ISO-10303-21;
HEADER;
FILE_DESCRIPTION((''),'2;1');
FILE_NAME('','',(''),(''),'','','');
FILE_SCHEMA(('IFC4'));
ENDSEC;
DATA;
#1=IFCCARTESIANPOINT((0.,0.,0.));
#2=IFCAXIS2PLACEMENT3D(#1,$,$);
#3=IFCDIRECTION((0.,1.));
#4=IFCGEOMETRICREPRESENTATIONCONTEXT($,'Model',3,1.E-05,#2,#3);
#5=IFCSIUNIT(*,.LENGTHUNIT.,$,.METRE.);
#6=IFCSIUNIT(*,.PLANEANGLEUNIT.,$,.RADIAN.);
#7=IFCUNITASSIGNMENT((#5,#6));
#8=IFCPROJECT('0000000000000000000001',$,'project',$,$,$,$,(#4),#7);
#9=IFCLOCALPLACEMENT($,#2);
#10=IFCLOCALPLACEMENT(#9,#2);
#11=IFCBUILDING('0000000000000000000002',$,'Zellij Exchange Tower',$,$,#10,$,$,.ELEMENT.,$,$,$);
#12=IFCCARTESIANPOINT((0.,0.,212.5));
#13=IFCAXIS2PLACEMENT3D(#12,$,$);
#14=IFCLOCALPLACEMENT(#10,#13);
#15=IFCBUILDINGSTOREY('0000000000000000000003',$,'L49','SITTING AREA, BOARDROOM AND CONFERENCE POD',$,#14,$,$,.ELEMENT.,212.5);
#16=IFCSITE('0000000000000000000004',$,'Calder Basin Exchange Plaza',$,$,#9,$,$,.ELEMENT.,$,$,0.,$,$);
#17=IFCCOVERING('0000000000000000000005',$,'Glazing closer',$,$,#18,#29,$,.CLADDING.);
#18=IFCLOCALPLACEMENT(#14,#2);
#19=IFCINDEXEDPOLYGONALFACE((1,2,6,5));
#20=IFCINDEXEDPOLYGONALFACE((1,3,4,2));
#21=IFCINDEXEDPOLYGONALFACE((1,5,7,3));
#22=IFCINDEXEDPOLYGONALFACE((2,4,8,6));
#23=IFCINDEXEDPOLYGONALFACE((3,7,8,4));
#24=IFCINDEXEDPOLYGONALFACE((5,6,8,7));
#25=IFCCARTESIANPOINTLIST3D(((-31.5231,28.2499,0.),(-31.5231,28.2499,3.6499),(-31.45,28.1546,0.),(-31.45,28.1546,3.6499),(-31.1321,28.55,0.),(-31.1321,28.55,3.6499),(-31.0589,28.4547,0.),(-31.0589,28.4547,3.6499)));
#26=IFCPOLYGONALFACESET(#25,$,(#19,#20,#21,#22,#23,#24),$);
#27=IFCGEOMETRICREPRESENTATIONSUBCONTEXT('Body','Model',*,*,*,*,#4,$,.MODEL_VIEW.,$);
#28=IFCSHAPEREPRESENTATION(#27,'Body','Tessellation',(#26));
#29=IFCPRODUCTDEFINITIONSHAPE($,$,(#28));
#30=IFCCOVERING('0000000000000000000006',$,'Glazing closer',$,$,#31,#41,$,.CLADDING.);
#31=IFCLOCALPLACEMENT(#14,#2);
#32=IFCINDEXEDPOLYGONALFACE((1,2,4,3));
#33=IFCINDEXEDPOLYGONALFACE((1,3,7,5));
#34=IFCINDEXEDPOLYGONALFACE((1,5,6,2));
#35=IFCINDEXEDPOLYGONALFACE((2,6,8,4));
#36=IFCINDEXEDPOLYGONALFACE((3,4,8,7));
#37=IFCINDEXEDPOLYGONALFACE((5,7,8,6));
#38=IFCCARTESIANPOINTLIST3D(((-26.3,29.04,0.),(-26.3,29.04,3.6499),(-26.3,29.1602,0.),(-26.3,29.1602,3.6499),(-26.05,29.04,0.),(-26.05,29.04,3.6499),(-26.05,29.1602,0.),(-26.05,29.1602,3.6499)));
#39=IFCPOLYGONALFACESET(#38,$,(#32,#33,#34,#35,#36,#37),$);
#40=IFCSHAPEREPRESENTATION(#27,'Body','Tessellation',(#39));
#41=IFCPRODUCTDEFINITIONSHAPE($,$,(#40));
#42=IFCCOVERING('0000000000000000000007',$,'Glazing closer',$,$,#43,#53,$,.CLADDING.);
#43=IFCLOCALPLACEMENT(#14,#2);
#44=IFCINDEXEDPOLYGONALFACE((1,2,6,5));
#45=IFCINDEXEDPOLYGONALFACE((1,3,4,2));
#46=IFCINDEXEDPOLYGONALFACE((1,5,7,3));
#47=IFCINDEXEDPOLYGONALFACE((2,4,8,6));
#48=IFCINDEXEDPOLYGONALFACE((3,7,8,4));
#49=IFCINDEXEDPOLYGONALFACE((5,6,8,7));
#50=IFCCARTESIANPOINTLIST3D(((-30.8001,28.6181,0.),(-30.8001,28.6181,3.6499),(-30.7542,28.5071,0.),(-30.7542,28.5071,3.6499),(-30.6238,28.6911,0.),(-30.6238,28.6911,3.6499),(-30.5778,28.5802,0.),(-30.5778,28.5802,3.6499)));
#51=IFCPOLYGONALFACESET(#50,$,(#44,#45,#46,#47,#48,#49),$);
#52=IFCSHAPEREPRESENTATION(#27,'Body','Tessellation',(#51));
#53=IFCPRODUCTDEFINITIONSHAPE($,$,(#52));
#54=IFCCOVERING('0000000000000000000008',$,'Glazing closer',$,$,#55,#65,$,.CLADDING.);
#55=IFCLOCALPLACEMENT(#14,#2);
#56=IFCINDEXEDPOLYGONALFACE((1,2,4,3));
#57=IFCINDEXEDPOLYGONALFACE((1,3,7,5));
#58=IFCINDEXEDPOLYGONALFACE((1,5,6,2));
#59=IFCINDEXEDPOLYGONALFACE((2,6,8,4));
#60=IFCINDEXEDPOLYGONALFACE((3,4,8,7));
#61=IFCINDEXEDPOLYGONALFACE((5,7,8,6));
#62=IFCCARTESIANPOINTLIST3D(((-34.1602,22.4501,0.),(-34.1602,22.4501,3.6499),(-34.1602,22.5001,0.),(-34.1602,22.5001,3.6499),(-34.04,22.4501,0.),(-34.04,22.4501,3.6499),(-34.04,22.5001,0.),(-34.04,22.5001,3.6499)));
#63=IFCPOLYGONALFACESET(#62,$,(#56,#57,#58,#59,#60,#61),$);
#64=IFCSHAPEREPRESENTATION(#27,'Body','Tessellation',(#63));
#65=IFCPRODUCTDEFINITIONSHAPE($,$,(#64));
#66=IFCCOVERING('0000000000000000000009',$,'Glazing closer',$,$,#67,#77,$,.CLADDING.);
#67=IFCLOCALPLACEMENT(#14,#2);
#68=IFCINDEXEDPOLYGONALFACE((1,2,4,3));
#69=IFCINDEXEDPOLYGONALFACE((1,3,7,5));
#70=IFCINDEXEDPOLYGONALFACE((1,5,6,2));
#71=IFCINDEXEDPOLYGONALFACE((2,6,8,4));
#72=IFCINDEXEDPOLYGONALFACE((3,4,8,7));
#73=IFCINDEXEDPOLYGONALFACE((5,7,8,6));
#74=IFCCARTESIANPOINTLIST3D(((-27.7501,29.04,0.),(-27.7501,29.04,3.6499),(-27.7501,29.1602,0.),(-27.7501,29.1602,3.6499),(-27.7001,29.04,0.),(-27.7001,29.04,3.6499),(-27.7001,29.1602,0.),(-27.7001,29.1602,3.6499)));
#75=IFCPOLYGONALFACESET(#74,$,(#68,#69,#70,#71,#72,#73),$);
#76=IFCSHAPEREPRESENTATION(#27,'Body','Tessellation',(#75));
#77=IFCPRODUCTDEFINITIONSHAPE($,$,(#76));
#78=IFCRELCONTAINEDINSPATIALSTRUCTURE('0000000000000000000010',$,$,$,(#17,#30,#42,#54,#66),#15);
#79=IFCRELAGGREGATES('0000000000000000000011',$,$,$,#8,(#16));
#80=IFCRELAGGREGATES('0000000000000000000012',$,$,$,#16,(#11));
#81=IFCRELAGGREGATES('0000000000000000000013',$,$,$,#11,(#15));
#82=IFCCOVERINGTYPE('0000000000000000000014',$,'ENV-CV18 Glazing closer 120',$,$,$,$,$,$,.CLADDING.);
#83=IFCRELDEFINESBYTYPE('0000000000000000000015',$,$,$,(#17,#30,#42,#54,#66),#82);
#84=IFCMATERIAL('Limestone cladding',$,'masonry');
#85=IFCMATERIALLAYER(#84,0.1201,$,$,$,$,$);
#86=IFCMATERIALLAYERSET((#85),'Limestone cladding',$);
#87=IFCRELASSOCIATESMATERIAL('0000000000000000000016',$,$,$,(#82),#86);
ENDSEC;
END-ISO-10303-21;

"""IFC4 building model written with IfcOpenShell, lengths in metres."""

from ifc_helpers import new_model, si_unit, direction, frame, origin, origin_2d, place, context, subcontext, project, spatial, rectangle, extrude, material, layer, layer_set, type_object, element, save


model = new_model("IFC4")

# Units and contexts
model_context = context("Model", 3, precision=1e-05, world=origin(), true_north=direction((0.0, 1.0)))
body_context = subcontext(model_context, "Body", "Model", "MODEL_VIEW")
ifc_project = project(units=[si_unit("LENGTHUNIT", "METRE"), si_unit("PLANEANGLEUNIT", "RADIAN")], contexts=[model_context])

# Site, building, storey
site_placement = place(None, origin())
site = spatial("IfcSite", under=ifc_project, at=site_placement, Name="Calder Basin Exchange Plaza", CompositionType="ELEMENT", RefElevation=0.0)
building_placement = place(site_placement, origin())
building = spatial("IfcBuilding", under=site, at=building_placement, Name="Zellij Exchange Tower", CompositionType="ELEMENT")
storey_placement = place(building_placement, frame((0.0, 0.0, 212.5)))
storey = spatial("IfcBuildingStorey", under=building, at=storey_placement, Name="L49", Description="SITTING AREA, BOARDROOM AND CONFERENCE POD", CompositionType="ELEMENT", Elevation=212.5)

# Coverings
ifc_material_1 = material(Name="Limestone cladding", Category="masonry")
ifc_layer_1 = layer(ifc_material_1, 0.1201)
ifc_layer_set_1 = layer_set([ifc_layer_1], Name="Limestone cladding")
covering_type = type_object("IfcCoveringType", Name="ENV-CV18 Glazing closer 120", PredefinedType="CLADDING", material=ifc_layer_set_1)
covering_1_placement = place(storey_placement, frame((-31.291, 28.3523, 0.0), z_axis=(0.0, 0.0, 1.0), x_axis=(0.793316, 0.60881, 0.0)))
element("IfcCovering", 1, at=covering_1_placement, inside=storey, type_object=covering_type, Name="Glazing closer", PredefinedType="CLADDING", context=body_context, shape_type="SweptSolid", body=[
    extrude(rectangle(XDim=0.4929, YDim=0.1201, at=origin_2d()), origin(), (0.0, 0.0, 1.0), 3.6499),
])
covering_2_placement = place(storey_placement, frame((-26.175, 29.1001, 0.0), z_axis=(0.0, 0.0, 1.0), x_axis=(-1.0, 0.0, 0.0)))
element("IfcCovering", 2, at=covering_2_placement, inside=storey, type_object=covering_type, Name="Glazing closer", PredefinedType="CLADDING", context=body_context, shape_type="SweptSolid", body=[
    extrude(rectangle(XDim=0.25, YDim=0.1201, at=origin_2d()), origin(), (0.0, 0.0, 1.0), 3.6499),
])
covering_3_placement = place(storey_placement, frame((-30.689, 28.5991, 0.0), z_axis=(0.0, 0.0, 1.0), x_axis=(-0.923882, -0.382679, 0.0)))
element("IfcCovering", 3, at=covering_3_placement, inside=storey, type_object=covering_type, Name="Glazing closer", PredefinedType="CLADDING", context=body_context, shape_type="SweptSolid", body=[
    extrude(rectangle(XDim=0.1909, YDim=0.1201, at=origin_2d()), origin(), (0.0, 0.0, 1.0), 3.6499),
])
for number, where, z_axis, x_axis, name in (
    (4, (-34.1001, 22.4751, 0.0), (0.0, 0.0, 1.0), (0.0, -1.0, 0.0), "Glazing closer"),
    (5, (-27.7251, 29.1001, 0.0), (0.0, 0.0, 1.0), (1.0, 0.0, 0.0), "Glazing closer"),
):
    element("IfcCovering", number, at=place(storey_placement, frame(where, z_axis=z_axis, x_axis=x_axis)), inside=storey, type_object=covering_type, Name=name, PredefinedType="CLADDING", context=body_context, shape_type="SweptSolid", body=[
        extrude(rectangle(XDim=0.05, YDim=0.1201, at=origin_2d()), origin(), (0.0, 0.0, 1.0), 3.6499),
    ])

save(model, "model.ifc")
